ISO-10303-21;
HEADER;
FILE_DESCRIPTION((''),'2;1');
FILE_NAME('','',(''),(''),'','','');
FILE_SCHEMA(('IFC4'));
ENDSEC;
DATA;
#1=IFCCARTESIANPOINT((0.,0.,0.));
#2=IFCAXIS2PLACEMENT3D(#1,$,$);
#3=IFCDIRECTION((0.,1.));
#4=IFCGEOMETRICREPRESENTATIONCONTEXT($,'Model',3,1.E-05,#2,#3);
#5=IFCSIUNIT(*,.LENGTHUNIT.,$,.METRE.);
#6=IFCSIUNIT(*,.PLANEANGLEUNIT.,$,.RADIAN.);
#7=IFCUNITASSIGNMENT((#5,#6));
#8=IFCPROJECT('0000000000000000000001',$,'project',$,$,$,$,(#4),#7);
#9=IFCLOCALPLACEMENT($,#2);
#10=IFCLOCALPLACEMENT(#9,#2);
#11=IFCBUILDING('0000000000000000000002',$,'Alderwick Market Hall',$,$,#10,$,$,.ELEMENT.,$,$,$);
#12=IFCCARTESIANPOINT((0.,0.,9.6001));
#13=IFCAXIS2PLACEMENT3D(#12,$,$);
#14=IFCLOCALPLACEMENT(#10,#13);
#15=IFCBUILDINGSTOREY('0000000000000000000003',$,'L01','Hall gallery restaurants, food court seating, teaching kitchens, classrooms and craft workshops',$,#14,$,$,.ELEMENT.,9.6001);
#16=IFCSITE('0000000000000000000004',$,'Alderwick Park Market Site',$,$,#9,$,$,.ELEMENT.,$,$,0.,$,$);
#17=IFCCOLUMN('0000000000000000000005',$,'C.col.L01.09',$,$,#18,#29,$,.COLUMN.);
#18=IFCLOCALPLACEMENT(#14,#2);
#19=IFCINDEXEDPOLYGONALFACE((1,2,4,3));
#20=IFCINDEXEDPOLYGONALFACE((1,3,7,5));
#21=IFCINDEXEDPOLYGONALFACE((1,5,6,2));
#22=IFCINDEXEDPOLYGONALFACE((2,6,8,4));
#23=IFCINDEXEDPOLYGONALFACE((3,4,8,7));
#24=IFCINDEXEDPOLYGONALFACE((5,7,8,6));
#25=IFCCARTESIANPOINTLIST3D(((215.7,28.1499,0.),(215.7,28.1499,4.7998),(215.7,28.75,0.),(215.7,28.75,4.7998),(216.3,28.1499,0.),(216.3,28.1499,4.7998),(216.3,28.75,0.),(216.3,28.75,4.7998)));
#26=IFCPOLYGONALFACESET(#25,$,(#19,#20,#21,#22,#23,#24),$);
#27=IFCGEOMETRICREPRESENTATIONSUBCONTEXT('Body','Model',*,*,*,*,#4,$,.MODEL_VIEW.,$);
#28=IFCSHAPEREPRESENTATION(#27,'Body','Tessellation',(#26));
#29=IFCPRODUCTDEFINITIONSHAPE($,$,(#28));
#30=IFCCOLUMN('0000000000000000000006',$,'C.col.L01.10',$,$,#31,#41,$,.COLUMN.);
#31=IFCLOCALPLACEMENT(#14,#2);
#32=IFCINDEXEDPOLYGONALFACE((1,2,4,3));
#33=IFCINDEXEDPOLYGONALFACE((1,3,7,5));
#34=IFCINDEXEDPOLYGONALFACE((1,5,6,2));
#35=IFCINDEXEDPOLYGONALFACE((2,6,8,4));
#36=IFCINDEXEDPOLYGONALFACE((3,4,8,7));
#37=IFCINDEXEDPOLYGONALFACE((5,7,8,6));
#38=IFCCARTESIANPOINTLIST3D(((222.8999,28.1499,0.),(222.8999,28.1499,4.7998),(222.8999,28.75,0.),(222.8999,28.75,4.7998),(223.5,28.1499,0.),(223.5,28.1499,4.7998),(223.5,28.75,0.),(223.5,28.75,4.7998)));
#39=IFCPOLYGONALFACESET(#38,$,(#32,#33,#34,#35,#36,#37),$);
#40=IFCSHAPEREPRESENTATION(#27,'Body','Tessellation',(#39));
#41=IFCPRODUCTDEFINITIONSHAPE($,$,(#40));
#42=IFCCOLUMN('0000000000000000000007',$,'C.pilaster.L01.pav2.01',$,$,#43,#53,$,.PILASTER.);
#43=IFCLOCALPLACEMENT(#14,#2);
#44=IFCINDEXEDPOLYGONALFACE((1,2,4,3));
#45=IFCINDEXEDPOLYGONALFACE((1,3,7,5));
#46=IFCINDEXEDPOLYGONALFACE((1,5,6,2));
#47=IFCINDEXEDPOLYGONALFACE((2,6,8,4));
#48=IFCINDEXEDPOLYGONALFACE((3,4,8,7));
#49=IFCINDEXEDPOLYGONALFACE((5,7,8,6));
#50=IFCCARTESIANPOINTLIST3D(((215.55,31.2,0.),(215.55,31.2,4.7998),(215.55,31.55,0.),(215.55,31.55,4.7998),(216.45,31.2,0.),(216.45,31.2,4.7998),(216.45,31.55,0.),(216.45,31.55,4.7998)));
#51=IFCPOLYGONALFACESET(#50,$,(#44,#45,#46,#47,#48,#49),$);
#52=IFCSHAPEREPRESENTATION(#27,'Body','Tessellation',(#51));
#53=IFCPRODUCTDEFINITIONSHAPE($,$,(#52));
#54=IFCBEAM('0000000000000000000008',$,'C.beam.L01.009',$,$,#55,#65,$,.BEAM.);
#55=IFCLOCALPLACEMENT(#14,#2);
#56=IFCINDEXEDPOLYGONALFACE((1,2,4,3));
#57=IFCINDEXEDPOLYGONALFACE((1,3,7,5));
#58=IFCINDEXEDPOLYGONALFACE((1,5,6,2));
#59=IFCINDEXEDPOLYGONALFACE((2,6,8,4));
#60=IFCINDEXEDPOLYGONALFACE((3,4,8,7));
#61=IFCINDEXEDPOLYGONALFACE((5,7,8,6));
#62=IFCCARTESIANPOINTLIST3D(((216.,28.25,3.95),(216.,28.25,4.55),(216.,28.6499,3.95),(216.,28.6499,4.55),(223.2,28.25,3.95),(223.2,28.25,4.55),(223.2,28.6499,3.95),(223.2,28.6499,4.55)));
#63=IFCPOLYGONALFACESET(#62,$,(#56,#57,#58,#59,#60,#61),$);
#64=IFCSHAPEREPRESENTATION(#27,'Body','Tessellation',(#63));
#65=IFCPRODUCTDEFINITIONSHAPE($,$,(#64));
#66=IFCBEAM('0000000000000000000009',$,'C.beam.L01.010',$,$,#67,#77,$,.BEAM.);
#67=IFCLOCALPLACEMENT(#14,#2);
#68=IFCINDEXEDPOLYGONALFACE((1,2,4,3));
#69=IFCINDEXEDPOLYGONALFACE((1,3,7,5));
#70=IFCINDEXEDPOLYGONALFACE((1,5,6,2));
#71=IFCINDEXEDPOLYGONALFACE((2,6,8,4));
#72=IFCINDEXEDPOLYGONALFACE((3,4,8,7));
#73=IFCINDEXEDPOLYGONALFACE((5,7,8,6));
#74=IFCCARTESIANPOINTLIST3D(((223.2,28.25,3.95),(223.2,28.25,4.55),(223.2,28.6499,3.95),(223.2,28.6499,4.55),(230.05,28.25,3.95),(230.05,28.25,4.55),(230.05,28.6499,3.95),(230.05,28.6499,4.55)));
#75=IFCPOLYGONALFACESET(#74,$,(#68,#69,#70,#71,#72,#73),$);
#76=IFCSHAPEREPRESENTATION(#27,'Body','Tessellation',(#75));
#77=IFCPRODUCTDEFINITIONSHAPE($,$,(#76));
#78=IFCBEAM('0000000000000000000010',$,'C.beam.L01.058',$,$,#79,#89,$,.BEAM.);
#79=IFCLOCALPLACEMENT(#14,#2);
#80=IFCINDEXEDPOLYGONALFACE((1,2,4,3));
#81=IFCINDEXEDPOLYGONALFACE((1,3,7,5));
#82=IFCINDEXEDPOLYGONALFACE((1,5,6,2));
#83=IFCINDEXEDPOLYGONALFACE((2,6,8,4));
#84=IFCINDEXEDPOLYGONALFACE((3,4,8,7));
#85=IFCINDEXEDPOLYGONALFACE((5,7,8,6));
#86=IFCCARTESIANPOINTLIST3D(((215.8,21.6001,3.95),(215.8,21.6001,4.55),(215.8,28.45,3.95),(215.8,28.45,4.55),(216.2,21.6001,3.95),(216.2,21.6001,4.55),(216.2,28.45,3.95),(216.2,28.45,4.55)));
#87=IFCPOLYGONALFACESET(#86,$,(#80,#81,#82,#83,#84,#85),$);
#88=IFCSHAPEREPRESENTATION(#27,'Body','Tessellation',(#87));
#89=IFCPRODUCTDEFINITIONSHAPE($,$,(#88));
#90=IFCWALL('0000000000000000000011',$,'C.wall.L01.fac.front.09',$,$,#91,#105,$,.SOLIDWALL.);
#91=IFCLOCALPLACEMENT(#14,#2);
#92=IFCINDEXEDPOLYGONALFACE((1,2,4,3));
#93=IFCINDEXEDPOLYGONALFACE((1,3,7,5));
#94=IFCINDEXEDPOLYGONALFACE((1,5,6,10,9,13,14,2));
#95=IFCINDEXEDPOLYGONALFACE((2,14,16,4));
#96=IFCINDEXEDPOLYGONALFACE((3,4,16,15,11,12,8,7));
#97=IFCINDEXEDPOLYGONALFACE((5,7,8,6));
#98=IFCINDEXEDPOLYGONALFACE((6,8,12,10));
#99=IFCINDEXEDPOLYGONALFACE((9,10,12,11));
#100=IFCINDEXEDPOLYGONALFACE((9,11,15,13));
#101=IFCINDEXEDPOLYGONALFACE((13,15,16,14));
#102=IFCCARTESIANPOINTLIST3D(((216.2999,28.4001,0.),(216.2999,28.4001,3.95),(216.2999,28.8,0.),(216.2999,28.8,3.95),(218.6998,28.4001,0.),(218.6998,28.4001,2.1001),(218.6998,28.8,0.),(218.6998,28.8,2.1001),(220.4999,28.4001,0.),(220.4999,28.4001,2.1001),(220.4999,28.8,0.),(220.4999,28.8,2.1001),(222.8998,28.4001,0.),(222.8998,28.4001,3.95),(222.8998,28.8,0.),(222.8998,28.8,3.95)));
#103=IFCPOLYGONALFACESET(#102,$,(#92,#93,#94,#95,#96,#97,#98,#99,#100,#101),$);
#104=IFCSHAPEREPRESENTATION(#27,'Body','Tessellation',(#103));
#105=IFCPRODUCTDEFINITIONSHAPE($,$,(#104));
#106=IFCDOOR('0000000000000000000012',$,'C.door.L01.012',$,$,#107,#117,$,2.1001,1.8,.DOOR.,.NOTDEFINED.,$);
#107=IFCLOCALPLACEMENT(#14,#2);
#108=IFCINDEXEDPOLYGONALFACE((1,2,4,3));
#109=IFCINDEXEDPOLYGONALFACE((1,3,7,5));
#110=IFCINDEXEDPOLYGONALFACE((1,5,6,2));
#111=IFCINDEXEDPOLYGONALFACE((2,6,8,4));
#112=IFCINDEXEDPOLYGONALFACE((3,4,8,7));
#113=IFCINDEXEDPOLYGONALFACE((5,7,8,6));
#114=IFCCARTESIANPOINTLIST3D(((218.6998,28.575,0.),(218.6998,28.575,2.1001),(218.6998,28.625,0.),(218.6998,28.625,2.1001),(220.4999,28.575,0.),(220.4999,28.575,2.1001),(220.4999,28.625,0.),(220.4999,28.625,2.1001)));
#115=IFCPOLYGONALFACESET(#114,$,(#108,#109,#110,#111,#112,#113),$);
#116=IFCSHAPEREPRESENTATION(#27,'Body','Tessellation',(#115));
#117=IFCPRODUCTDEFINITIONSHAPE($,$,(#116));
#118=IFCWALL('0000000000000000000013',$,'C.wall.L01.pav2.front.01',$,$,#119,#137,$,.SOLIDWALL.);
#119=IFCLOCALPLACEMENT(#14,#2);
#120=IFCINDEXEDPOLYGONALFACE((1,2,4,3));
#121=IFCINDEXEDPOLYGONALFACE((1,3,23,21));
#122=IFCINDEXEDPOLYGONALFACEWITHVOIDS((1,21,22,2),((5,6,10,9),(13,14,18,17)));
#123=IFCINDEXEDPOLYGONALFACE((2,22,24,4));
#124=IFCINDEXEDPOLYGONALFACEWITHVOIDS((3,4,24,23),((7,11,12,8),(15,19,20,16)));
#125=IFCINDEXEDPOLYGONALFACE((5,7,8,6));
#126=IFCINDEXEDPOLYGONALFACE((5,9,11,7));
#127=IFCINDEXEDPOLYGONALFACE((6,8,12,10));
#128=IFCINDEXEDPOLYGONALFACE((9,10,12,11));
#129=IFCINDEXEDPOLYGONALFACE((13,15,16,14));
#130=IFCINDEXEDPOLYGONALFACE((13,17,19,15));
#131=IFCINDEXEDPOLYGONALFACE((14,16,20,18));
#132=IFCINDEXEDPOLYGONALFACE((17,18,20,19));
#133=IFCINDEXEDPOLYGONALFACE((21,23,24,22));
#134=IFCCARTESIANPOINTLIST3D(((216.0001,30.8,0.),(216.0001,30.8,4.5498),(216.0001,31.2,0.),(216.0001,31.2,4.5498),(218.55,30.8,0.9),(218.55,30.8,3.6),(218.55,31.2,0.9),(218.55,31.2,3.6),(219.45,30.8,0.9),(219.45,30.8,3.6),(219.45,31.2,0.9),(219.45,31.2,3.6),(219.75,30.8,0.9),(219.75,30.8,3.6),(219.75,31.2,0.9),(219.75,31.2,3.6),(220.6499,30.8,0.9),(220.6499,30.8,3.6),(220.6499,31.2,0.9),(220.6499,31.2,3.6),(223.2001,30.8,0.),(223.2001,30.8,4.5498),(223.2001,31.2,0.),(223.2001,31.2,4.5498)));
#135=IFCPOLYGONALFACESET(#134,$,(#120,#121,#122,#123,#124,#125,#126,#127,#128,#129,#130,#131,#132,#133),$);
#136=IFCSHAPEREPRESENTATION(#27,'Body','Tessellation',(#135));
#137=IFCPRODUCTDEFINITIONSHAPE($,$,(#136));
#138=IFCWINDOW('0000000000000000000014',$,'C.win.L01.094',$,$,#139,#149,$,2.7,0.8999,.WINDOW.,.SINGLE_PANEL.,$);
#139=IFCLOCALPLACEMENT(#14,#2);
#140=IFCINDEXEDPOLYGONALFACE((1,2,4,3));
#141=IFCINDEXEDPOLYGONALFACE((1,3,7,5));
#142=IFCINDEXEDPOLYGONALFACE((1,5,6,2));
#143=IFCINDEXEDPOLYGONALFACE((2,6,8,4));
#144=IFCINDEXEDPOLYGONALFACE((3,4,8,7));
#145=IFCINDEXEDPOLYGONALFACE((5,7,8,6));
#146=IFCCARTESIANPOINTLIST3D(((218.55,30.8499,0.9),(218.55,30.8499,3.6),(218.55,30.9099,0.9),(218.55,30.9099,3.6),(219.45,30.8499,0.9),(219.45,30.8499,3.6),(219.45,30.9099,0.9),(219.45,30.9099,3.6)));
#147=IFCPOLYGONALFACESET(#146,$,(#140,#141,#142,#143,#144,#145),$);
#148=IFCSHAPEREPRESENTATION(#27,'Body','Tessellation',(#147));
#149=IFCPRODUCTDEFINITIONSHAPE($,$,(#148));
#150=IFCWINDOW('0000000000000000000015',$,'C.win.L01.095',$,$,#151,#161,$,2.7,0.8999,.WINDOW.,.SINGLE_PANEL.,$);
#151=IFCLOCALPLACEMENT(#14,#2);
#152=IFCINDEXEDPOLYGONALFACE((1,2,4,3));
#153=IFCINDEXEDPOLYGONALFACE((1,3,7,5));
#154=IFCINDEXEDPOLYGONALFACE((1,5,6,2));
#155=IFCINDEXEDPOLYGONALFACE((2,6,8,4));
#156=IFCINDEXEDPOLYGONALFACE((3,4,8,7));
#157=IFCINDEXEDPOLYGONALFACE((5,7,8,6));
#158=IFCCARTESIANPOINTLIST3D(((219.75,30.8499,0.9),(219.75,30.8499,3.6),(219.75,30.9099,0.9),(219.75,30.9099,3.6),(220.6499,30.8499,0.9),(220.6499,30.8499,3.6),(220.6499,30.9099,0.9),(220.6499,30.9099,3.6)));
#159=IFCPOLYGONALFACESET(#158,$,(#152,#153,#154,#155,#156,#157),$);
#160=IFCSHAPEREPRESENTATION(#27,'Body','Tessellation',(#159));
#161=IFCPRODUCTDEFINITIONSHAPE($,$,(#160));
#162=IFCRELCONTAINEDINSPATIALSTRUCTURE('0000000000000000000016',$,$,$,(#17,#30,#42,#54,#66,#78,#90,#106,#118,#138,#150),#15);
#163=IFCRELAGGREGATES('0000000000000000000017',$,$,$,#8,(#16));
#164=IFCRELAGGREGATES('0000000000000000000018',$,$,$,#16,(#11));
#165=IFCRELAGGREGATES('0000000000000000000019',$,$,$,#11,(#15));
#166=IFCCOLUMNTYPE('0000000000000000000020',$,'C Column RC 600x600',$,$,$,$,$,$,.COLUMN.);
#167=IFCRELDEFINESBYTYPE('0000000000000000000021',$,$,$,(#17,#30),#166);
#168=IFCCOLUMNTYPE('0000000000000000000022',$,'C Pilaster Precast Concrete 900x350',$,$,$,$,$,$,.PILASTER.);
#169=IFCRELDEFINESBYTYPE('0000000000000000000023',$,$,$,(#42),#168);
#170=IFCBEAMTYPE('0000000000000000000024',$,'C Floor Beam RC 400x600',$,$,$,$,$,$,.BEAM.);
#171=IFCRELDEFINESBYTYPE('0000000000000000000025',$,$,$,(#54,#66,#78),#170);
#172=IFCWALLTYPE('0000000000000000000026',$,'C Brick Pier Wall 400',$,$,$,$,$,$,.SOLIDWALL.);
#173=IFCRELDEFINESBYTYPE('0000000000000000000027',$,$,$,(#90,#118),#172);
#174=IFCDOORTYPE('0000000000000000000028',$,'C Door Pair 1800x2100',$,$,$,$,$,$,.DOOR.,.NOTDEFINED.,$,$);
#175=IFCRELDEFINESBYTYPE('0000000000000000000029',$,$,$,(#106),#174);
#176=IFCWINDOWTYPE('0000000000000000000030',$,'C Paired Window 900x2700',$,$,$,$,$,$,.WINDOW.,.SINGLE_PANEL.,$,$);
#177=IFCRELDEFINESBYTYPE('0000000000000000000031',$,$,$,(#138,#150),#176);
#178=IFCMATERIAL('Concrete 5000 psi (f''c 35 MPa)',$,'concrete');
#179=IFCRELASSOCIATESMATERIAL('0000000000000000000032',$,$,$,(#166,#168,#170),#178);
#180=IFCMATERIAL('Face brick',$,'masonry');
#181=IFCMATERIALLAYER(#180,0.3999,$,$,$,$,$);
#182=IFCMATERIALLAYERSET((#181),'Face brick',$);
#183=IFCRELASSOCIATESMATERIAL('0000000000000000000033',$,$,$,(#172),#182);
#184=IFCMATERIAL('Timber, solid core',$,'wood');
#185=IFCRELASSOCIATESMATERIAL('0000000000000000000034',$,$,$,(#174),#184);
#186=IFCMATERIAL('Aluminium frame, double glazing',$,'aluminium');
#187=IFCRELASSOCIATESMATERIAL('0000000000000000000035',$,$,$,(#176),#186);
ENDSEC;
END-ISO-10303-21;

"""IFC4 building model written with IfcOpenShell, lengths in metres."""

from ifc_helpers import new_model, si_unit, direction, frame, frame_2d, origin, origin_2d, place, context, subcontext, project, spatial, rectangle, extrude, material, layer, layer_set, material_profile, profile_set, type_object, element, fill, save


model = new_model("IFC4")

# Units and contexts
model_context = context("Model", 3, precision=1e-05, world=origin(), true_north=direction((0.0, 1.0)))
body_context = subcontext(model_context, "Body", "Model", "MODEL_VIEW")
ifc_project = project(units=[si_unit("LENGTHUNIT", "METRE"), si_unit("PLANEANGLEUNIT", "RADIAN")], contexts=[model_context])

# Site, building, storey
site_placement = place(None, origin())
site = spatial("IfcSite", under=ifc_project, at=site_placement, Name="Alderwick Park Market Site", CompositionType="ELEMENT", RefElevation=0.0)
building_placement = place(site_placement, origin())
building = spatial("IfcBuilding", under=site, at=building_placement, Name="Alderwick Market Hall", CompositionType="ELEMENT")
storey_placement = place(building_placement, frame((0.0, 0.0, 9.6001)))
storey = spatial("IfcBuildingStorey", under=building, at=storey_placement, Name="L01", Description="Hall gallery restaurants, food court seating, teaching kitchens, classrooms and craft workshops", CompositionType="ELEMENT", Elevation=9.6001)

# Columns
ifc_material_1 = material(Name="Concrete 5000 psi (f'c 35 MPa)", Category="concrete")
ifc_material_profile_1 = material_profile(ifc_material_1, rectangle(XDim=0.6001, YDim=0.6001, at=origin_2d()), Name="RC 600x600")
ifc_profile_set_1 = profile_set([ifc_material_profile_1], Name="Concrete 5000 psi (f'c 35 MPa)")
column_type_1 = type_object("IfcColumnType", Name="C Column RC 600x600", PredefinedType="COLUMN", material=ifc_profile_set_1)
for number, where, z_axis, x_axis, name in (
    (1, (216.0, 28.45, 0.0), (0.0, 0.0, 1.0), (1.0, 0.0, 0.0), "C.col.L01.09"),
    (2, (223.2, 28.45, 0.0), (0.0, 0.0, 1.0), (1.0, 0.0, 0.0), "C.col.L01.10"),
):
    element("IfcColumn", number, at=place(storey_placement, frame(where, z_axis=z_axis, x_axis=x_axis)), inside=storey, type_object=column_type_1, Name=name, PredefinedType="COLUMN", context=body_context, shape_type="SweptSolid", body=[
        extrude(rectangle(XDim=0.6001, YDim=0.6001, at=origin_2d()), origin(), (0.0, 0.0, 1.0), 4.7998),
    ])
ifc_material_profile_2 = material_profile(ifc_material_1, rectangle(XDim=0.8999, YDim=0.3501, at=origin_2d()), Name="PC 900x350")
ifc_profile_set_2 = profile_set([ifc_material_profile_2], Name="Concrete 5000 psi (f'c 35 MPa)")
column_type_2 = type_object("IfcColumnType", Name="C Pilaster Precast Concrete 900x350", PredefinedType="PILASTER", material=ifc_profile_set_2)
column_placement = place(storey_placement, frame((216.0, 31.375, 0.0), z_axis=(0.0, 0.0, 1.0), x_axis=(1.0, 0.0, 0.0)))
element("IfcColumn", 3, at=column_placement, inside=storey, type_object=column_type_2, Name="C.pilaster.L01.pav2.01", PredefinedType="PILASTER", context=body_context, shape_type="SweptSolid", body=[
    extrude(rectangle(XDim=0.8999, YDim=0.3501, at=origin_2d()), origin(), (0.0, 0.0, 1.0), 4.7998),
])

# Beams
ifc_material_profile_3 = material_profile(ifc_material_1, rectangle(XDim=0.3999, YDim=0.6001, at=origin_2d()), Name="RC 400x600")
ifc_profile_set_3 = profile_set([ifc_material_profile_3], Name="Concrete 5000 psi (f'c 35 MPa)")
beam_type = type_object("IfcBeamType", Name="C Floor Beam RC 400x600", PredefinedType="BEAM", material=ifc_profile_set_3)
beam_1_placement = place(storey_placement, frame((216.0, 28.45, 4.25), z_axis=(1.0, 0.0, 0.0), x_axis=(0.0, 1.0, 0.0)))
element("IfcBeam", 4, at=beam_1_placement, inside=storey, type_object=beam_type, Name="C.beam.L01.009", PredefinedType="BEAM", context=body_context, shape_type="SweptSolid", body=[
    extrude(rectangle(XDim=0.3999, YDim=0.6001, at=origin_2d()), origin(), (0.0, 0.0, 1.0), 7.2),
])
beam_2_placement = place(storey_placement, frame((223.2, 28.45, 4.25), z_axis=(1.0, 0.0, 0.0), x_axis=(0.0, 1.0, 0.0)))
element("IfcBeam", 5, at=beam_2_placement, inside=storey, type_object=beam_type, Name="C.beam.L01.010", PredefinedType="BEAM", context=body_context, shape_type="SweptSolid", body=[
    extrude(rectangle(XDim=0.3999, YDim=0.6001, at=origin_2d()), origin(), (0.0, 0.0, 1.0), 6.8501),
])
beam_3_placement = place(storey_placement, frame((216.0, 28.45, 4.25), z_axis=(0.0, -1.0, 0.0), x_axis=(1.0, 0.0, 0.0)))
element("IfcBeam", 6, at=beam_3_placement, inside=storey, type_object=beam_type, Name="C.beam.L01.058", PredefinedType="BEAM", context=body_context, shape_type="SweptSolid", body=[
    extrude(rectangle(XDim=0.3999, YDim=0.6001, at=origin_2d()), origin(), (0.0, 0.0, 1.0), 6.8499),
])

# Wall, opening, door
ifc_material_2 = material(Name="Face brick", Category="masonry")
ifc_layer_1 = layer(ifc_material_2, 0.3999)
ifc_layer_set_1 = layer_set([ifc_layer_1], Name="Face brick")
wall_type_1 = type_object("IfcWallType", Name="C Brick Pier Wall 400", PredefinedType="SOLIDWALL", material=ifc_layer_set_1)
wall_1_placement = place(storey_placement, frame((216.3, 28.6001, 0.0), z_axis=(0.0, 0.0, 1.0), x_axis=(1.0, 0.0, 0.0)))
wall_1 = element("IfcWall", 7, at=wall_1_placement, inside=storey, type_object=wall_type_1, Name="C.wall.L01.fac.front.09", PredefinedType="SOLIDWALL", context=body_context, shape_type="SweptSolid", body=[
    extrude(rectangle(XDim=6.5999, YDim=0.3999, at=frame_2d((3.2998, 0.0))), origin(), (0.0, 0.0, 1.0), 3.95),
])
opening_1_placement = place(wall_1_placement, frame((2.3999, 0.0, 0.0)))
opening_1 = element("IfcOpeningElement", 8, at=opening_1_placement, cuts=wall_1, PredefinedType="OPENING", context=body_context, shape_type="SweptSolid", body=[
    extrude(rectangle(XDim=1.8, YDim=2.1001, at=frame_2d((0.8999, 1.05))), frame((0.0, 0.21, 0.0), z_axis=(0.0, -1.0, 0.0), x_axis=(1.0, 0.0, 0.0)), (0.0, 0.0, 1.0), 0.4199),
])
ifc_material_3 = material(Name="Timber, solid core", Category="wood")
door_type = type_object("IfcDoorType", Name="C Door Pair 1800x2100", OperationType="NOTDEFINED", PredefinedType="DOOR", material=ifc_material_3)
door_placement = place(opening_1_placement, origin())
door = element("IfcDoor", 9, at=door_placement, inside=storey, type_object=door_type, Name="C.door.L01.012", OperationType="NOTDEFINED", OverallHeight=2.1001, OverallWidth=1.8, PredefinedType="DOOR", context=body_context, shape_type="SweptSolid", body=[
    extrude(rectangle(XDim=1.8, YDim=2.1001, at=frame_2d((0.8999, 1.05))), frame((0.0, 0.0249, 0.0), z_axis=(0.0, -1.0, 0.0), x_axis=(1.0, 0.0, 0.0)), (0.0, 0.0, 1.0), 0.05),
])
fill(opening_1, door)

# Wall, openings, windows
wall_2_placement = place(storey_placement, frame((216.0, 31.0, 0.0), z_axis=(0.0, 0.0, 1.0), x_axis=(1.0, 0.0, 0.0)))
wall_2 = element("IfcWall", 10, at=wall_2_placement, inside=storey, type_object=wall_type_1, Name="C.wall.L01.pav2.front.01", PredefinedType="SOLIDWALL", context=body_context, shape_type="SweptSolid", body=[
    extrude(rectangle(XDim=7.2, YDim=0.3999, at=frame_2d((3.6001, 0.0))), origin(), (0.0, 0.0, 1.0), 4.5498),
])
opening_2_placement = place(wall_2_placement, frame((2.55, 0.0, 0.8999)))
opening_2 = element("IfcOpeningElement", 11, at=opening_2_placement, cuts=wall_2, PredefinedType="OPENING", context=body_context, shape_type="SweptSolid", body=[
    extrude(rectangle(XDim=0.8999, YDim=2.7, at=frame_2d((0.45, 1.3501))), frame((0.0, 0.21, 0.0), z_axis=(0.0, -1.0, 0.0), x_axis=(1.0, 0.0, 0.0)), (0.0, 0.0, 1.0), 0.4199),
])
opening_3_placement = place(wall_2_placement, frame((3.75, 0.0, 0.8999)))
opening_3 = element("IfcOpeningElement", 12, at=opening_3_placement, cuts=wall_2, PredefinedType="OPENING", context=body_context, shape_type="SweptSolid", body=[
    extrude(rectangle(XDim=0.8999, YDim=2.7, at=frame_2d((0.45, 1.3501))), frame((0.0, 0.21, 0.0), z_axis=(0.0, -1.0, 0.0), x_axis=(1.0, 0.0, 0.0)), (0.0, 0.0, 1.0), 0.4199),
])
ifc_material_4 = material(Name="Aluminium frame, double glazing", Category="aluminium")
window_type = type_object("IfcWindowType", Name="C Paired Window 900x2700", PartitioningType="SINGLE_PANEL", PredefinedType="WINDOW", material=ifc_material_4)
window_1_placement = place(opening_2_placement, origin())
window_1 = element("IfcWindow", 13, at=window_1_placement, inside=storey, type_object=window_type, Name="C.win.L01.094", OverallHeight=2.7, OverallWidth=0.8999, PartitioningType="SINGLE_PANEL", PredefinedType="WINDOW", context=body_context, shape_type="SweptSolid", body=[
    extrude(rectangle(XDim=0.8999, YDim=2.7, at=frame_2d((0.45, 1.3501))), frame((0.0, -0.0901, 0.0), z_axis=(0.0, -1.0, 0.0), x_axis=(1.0, 0.0, 0.0)), (0.0, 0.0, 1.0), 0.0601),
])
fill(opening_2, window_1)
window_2_placement = place(opening_3_placement, origin())
window_2 = element("IfcWindow", 14, at=window_2_placement, inside=storey, type_object=window_type, Name="C.win.L01.095", OverallHeight=2.7, OverallWidth=0.8999, PartitioningType="SINGLE_PANEL", PredefinedType="WINDOW", context=body_context, shape_type="SweptSolid", body=[
    extrude(rectangle(XDim=0.8999, YDim=2.7, at=frame_2d((0.45, 1.3501))), frame((0.0, -0.0901, 0.0), z_axis=(0.0, -1.0, 0.0), x_axis=(1.0, 0.0, 0.0)), (0.0, 0.0, 1.0), 0.0601),
])
fill(opening_3, window_2)

save(model, "model.ifc")
